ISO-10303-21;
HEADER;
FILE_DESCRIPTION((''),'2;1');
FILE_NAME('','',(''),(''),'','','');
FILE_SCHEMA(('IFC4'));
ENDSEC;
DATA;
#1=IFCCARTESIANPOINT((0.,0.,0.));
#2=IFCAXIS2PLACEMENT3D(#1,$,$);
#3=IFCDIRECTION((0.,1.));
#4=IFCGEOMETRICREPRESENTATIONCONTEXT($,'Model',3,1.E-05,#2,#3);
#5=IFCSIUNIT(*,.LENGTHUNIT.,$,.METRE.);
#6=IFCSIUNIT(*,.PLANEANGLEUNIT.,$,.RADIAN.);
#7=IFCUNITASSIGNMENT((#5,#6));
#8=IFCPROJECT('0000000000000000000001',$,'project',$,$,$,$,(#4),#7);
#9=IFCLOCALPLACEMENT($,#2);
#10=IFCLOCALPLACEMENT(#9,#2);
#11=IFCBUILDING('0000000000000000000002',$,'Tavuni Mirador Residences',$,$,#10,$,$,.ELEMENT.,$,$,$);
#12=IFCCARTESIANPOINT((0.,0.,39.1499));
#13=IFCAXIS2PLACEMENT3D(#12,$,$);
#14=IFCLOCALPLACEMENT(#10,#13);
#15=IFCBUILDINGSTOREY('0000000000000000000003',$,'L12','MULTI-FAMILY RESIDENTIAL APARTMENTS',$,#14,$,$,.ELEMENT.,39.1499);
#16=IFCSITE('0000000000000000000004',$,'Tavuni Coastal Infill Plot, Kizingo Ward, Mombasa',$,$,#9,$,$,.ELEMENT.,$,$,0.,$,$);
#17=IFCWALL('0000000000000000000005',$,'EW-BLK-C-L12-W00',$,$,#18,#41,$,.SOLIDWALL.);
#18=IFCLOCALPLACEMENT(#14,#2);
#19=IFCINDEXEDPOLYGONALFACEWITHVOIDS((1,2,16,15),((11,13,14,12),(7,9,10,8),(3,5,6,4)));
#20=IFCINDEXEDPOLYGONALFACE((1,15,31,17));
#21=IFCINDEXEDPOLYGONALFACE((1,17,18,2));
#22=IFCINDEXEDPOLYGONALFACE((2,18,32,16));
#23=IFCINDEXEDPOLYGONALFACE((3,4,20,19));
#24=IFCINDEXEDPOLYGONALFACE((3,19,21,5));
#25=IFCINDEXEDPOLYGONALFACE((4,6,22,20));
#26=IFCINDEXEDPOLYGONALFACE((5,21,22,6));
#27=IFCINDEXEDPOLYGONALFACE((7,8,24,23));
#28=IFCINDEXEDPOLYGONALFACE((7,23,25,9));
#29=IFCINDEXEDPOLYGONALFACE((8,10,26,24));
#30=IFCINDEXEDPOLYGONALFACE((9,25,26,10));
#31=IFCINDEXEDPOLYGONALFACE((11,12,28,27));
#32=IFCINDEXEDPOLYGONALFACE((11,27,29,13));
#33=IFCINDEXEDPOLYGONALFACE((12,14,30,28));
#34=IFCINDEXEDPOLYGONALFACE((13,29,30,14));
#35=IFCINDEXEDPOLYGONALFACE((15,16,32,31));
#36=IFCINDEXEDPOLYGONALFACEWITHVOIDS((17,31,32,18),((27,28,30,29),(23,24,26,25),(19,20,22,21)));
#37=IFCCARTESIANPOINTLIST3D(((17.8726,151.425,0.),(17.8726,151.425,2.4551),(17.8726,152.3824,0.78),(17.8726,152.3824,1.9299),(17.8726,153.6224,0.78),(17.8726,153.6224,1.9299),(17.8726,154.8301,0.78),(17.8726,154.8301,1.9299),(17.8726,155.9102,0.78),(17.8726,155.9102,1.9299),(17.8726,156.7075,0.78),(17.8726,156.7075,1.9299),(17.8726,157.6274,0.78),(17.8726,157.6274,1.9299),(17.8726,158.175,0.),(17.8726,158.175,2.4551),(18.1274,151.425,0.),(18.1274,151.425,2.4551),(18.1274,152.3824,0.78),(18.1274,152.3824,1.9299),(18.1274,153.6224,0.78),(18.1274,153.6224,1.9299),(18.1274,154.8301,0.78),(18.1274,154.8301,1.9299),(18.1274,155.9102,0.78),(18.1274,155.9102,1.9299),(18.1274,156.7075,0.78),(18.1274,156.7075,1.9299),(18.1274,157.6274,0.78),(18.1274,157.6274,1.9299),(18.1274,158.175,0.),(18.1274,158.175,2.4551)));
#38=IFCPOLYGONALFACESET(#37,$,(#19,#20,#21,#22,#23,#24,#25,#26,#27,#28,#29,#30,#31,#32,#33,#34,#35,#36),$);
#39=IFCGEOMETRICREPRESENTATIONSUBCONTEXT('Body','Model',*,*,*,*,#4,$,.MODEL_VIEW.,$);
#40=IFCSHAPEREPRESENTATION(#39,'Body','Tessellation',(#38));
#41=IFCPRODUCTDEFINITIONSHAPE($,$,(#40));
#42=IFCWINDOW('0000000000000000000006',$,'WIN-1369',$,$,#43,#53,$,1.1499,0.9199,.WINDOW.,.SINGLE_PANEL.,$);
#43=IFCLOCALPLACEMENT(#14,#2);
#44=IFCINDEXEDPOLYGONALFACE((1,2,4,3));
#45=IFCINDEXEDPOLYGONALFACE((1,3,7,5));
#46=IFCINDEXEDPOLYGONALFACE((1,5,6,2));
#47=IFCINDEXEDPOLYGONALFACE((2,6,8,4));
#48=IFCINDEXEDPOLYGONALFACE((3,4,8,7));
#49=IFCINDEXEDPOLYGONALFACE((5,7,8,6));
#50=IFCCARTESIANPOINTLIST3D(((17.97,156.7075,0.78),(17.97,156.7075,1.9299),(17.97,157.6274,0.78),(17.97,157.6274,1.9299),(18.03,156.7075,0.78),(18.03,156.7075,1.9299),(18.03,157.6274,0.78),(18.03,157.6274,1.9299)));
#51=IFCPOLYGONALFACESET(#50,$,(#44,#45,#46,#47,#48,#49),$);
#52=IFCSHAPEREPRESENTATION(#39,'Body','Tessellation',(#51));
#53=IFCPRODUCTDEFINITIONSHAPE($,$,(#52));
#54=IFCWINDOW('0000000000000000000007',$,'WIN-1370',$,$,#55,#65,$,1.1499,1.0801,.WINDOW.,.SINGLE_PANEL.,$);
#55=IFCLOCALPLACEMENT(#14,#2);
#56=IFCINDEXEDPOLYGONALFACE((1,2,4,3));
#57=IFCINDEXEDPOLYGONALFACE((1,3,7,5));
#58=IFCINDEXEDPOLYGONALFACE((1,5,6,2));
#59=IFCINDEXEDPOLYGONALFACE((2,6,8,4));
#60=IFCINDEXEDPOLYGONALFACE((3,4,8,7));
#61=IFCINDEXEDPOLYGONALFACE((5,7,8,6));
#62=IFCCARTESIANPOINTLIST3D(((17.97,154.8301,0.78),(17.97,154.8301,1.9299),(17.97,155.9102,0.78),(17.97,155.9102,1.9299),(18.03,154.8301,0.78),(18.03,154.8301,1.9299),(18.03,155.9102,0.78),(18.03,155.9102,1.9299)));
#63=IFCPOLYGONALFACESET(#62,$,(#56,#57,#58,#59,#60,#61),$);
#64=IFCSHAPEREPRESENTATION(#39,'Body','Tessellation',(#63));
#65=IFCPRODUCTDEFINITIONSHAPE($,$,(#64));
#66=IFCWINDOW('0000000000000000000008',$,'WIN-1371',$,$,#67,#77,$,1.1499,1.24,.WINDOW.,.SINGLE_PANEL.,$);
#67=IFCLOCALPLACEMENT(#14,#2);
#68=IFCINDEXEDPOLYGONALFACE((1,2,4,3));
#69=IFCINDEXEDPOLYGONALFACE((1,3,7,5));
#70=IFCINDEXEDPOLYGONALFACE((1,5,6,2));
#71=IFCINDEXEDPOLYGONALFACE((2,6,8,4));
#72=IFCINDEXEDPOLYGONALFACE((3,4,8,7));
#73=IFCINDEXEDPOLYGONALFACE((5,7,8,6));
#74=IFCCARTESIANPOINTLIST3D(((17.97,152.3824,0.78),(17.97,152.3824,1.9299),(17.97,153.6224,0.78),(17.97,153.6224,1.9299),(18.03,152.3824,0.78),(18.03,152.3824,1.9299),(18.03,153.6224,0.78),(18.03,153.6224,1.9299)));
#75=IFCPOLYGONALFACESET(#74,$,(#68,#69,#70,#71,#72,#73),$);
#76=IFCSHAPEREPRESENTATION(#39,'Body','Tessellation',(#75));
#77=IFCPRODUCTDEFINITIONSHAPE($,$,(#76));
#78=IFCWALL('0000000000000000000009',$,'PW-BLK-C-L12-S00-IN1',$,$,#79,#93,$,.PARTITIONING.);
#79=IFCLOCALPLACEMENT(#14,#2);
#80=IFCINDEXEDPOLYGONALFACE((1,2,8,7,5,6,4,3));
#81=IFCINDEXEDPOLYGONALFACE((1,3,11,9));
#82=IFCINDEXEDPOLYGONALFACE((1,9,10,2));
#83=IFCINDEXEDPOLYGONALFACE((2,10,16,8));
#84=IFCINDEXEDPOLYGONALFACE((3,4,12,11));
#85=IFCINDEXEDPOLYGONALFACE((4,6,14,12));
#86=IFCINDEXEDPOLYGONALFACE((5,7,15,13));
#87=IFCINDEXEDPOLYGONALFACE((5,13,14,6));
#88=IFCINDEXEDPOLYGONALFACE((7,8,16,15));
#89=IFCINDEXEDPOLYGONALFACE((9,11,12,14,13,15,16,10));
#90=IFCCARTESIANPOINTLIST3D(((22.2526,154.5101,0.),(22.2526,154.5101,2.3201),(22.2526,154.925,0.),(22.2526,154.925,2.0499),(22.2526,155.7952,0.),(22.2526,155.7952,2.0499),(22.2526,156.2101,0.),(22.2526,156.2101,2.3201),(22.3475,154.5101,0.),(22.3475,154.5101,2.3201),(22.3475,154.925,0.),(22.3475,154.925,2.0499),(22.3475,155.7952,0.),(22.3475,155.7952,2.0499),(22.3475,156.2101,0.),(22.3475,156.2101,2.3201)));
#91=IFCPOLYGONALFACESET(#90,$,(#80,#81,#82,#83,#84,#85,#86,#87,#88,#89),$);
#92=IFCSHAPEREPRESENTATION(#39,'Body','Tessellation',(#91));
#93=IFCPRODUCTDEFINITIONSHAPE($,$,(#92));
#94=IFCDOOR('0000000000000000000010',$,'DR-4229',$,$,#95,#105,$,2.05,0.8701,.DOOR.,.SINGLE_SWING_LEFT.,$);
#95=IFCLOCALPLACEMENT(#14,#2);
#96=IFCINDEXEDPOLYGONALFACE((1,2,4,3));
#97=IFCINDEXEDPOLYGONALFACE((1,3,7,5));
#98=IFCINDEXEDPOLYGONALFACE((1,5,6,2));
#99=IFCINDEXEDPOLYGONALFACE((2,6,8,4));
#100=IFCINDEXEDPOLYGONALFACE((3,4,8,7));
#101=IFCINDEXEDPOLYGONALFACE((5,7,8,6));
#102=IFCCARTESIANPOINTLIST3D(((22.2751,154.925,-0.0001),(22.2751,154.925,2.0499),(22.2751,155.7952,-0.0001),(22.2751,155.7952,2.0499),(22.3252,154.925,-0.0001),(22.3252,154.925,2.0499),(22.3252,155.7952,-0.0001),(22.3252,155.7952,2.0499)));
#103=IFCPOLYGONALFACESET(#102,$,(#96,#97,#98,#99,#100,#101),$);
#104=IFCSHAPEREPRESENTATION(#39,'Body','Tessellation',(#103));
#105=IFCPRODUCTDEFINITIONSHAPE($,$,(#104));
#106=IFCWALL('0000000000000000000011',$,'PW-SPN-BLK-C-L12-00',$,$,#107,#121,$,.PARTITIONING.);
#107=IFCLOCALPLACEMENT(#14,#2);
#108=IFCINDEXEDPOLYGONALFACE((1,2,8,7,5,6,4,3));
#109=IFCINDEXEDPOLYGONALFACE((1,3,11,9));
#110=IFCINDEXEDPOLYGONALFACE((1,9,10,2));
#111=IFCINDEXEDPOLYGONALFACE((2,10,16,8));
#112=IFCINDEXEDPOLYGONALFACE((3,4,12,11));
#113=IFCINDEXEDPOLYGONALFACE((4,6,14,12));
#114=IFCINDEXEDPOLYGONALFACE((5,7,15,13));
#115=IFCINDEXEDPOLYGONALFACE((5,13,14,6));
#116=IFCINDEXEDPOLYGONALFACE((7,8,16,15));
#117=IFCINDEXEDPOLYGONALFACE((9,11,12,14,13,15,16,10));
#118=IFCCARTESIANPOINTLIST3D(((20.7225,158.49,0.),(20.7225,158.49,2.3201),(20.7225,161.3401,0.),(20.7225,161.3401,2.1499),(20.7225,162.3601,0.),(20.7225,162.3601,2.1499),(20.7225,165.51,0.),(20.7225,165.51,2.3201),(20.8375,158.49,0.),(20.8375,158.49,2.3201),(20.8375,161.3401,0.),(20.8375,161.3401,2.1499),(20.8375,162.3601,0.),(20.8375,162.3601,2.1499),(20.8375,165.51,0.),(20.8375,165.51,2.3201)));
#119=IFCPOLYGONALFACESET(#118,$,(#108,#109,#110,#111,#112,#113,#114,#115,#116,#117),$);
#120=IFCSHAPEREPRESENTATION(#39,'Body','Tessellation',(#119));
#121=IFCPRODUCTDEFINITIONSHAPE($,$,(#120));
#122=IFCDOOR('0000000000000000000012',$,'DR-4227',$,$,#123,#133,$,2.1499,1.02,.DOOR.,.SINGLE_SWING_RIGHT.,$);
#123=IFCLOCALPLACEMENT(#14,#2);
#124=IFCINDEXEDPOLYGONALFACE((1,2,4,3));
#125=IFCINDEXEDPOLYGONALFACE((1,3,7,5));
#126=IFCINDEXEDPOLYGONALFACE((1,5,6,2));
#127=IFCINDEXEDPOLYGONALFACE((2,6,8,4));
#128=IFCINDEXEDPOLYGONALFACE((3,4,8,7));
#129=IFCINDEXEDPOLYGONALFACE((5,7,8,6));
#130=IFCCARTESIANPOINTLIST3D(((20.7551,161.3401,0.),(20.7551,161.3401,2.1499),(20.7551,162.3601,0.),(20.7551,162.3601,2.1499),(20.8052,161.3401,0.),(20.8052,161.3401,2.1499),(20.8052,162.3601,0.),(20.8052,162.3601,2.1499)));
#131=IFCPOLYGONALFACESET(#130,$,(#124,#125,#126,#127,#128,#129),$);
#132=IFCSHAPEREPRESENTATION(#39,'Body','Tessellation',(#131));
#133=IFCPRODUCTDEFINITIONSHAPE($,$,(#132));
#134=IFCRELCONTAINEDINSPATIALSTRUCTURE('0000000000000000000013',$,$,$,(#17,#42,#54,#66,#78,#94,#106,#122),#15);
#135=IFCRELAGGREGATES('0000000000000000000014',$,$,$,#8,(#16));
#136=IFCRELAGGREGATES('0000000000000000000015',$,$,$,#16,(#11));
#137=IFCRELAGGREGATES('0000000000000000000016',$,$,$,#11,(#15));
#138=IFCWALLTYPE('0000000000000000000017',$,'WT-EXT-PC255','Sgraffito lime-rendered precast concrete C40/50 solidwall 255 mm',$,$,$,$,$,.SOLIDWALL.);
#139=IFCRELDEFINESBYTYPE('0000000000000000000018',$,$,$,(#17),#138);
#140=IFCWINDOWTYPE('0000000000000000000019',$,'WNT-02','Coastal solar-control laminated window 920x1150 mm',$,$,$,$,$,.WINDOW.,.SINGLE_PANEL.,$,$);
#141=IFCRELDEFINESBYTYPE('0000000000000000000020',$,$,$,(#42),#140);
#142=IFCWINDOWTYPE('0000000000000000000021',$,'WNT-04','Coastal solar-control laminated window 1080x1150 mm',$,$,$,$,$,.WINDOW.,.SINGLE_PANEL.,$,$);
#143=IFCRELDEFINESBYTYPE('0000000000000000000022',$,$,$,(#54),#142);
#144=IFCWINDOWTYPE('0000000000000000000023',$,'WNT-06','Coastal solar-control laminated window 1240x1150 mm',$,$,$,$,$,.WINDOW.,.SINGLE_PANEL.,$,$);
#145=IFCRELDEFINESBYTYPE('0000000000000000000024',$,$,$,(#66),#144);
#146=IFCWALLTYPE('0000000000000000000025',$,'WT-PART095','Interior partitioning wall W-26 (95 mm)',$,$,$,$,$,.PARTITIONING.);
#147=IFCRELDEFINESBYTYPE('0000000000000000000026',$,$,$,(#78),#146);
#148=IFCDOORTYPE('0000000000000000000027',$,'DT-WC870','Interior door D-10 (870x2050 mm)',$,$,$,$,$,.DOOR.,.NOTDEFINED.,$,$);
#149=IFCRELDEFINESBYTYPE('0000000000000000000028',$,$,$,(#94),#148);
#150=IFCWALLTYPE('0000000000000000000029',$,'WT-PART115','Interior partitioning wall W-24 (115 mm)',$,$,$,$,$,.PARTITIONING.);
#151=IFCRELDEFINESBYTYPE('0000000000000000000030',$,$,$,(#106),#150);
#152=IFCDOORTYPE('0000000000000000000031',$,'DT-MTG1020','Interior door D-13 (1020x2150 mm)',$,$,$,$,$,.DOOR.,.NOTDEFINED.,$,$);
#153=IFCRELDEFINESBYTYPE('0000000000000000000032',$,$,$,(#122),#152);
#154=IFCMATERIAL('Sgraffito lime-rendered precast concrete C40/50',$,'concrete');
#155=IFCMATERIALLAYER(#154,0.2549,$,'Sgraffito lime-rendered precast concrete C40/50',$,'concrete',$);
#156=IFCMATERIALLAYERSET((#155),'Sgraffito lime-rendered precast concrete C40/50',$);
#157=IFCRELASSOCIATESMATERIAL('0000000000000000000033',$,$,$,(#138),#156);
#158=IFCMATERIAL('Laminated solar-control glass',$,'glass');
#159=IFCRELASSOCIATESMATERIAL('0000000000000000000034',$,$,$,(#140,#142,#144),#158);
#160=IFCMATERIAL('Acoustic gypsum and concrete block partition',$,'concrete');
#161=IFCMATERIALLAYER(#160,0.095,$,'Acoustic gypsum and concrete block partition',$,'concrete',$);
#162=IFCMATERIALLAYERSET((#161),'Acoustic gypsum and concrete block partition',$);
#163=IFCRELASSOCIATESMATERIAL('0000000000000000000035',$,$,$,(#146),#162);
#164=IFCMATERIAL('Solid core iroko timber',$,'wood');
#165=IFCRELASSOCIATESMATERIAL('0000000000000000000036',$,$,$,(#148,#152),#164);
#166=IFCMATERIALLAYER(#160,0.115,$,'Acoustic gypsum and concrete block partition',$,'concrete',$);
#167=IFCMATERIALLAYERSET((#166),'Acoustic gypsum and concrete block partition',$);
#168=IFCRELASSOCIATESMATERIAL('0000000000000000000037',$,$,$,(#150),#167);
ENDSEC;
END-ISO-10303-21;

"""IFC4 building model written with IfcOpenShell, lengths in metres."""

from ifc_helpers import new_model, si_unit, direction, frame, frame_2d, origin, place, context, subcontext, project, spatial, rectangle, extrude, material, layer, layer_set, type_object, element, fill, save


model = new_model("IFC4")

# Units and contexts
model_context = context("Model", 3, precision=1e-05, world=origin(), true_north=direction((0.0, 1.0)))
body_context = subcontext(model_context, "Body", "Model", "MODEL_VIEW")
ifc_project = project(units=[si_unit("LENGTHUNIT", "METRE"), si_unit("PLANEANGLEUNIT", "RADIAN")], contexts=[model_context])

# Site, building, storey
site_placement = place(None, origin())
site = spatial("IfcSite", under=ifc_project, at=site_placement, Name="Tavuni Coastal Infill Plot, Kizingo Ward, Mombasa", CompositionType="ELEMENT", RefElevation=0.0)
building_placement = place(site_placement, origin())
building = spatial("IfcBuilding", under=site, at=building_placement, Name="Tavuni Mirador Residences", CompositionType="ELEMENT")
storey_placement = place(building_placement, frame((0.0, 0.0, 39.1499)))
storey = spatial("IfcBuildingStorey", under=building, at=storey_placement, Name="L12", Description="MULTI-FAMILY RESIDENTIAL APARTMENTS", CompositionType="ELEMENT", Elevation=39.1499)

# Shared definitions
ifc_material_1 = material(Name="Solid core iroko timber", Category="wood")

# Wall, openings, windows
ifc_material_2 = material(Name="Sgraffito lime-rendered precast concrete C40/50", Category="concrete")
ifc_layer_1 = layer(ifc_material_2, 0.2549, Name="Sgraffito lime-rendered precast concrete C40/50", Category="concrete")
ifc_layer_set_1 = layer_set([ifc_layer_1], Name="Sgraffito lime-rendered precast concrete C40/50")
wall_type_1 = type_object("IfcWallType", Name="WT-EXT-PC255", Description="Sgraffito lime-rendered precast concrete C40/50 solidwall 255 mm", PredefinedType="SOLIDWALL", material=ifc_layer_set_1)
wall_1_placement = place(storey_placement, frame((18.0, 158.175, 0.0), z_axis=(0.0, 0.0, 1.0), x_axis=(0.0, -1.0, 0.0)))
wall_1 = element("IfcWall", 1, at=wall_1_placement, inside=storey, type_object=wall_type_1, Name="EW-BLK-C-L12-W00", PredefinedType="SOLIDWALL", context=body_context, shape_type="SweptSolid", body=[
    extrude(rectangle(XDim=6.75, YDim=0.2549, at=frame_2d((3.375, 0.0))), origin(), (0.0, 0.0, 1.0), 2.4551),
])
opening_1_placement = place(wall_1_placement, frame((0.5476, 0.0, 0.78)))
opening_1 = element("IfcOpeningElement", 2, at=opening_1_placement, cuts=wall_1, PredefinedType="OPENING", context=body_context, shape_type="SweptSolid", body=[
    extrude(rectangle(XDim=0.9199, YDim=1.1499, at=frame_2d((0.46, 0.575))), frame((0.0, 0.1375, 0.0), z_axis=(0.0, -1.0, 0.0), x_axis=(1.0, 0.0, 0.0)), (0.0, 0.0, 1.0), 0.2749),
])
opening_2_placement = place(wall_1_placement, frame((2.2649, 0.0, 0.78)))
opening_2 = element("IfcOpeningElement", 3, at=opening_2_placement, cuts=wall_1, PredefinedType="OPENING", context=body_context, shape_type="SweptSolid", body=[
    extrude(rectangle(XDim=1.0801, YDim=1.1499, at=frame_2d((0.54, 0.575))), frame((0.0, 0.1375, 0.0), z_axis=(0.0, -1.0, 0.0), x_axis=(1.0, 0.0, 0.0)), (0.0, 0.0, 1.0), 0.2749),
])
opening_3_placement = place(wall_1_placement, frame((4.5525, 0.0, 0.78)))
opening_3 = element("IfcOpeningElement", 4, at=opening_3_placement, cuts=wall_1, PredefinedType="OPENING", context=body_context, shape_type="SweptSolid", body=[
    extrude(rectangle(XDim=1.24, YDim=1.1499, at=frame_2d((0.6201, 0.575))), frame((0.0, 0.1375, 0.0), z_axis=(0.0, -1.0, 0.0), x_axis=(1.0, 0.0, 0.0)), (0.0, 0.0, 1.0), 0.2749),
])
ifc_material_3 = material(Name="Laminated solar-control glass", Category="glass")
window_type_1 = type_object("IfcWindowType", Name="WNT-02", Description="Coastal solar-control laminated window 920x1150 mm", PartitioningType="SINGLE_PANEL", PredefinedType="WINDOW", material=ifc_material_3)
window_1_placement = place(opening_1_placement, origin())
window_1 = element("IfcWindow", 5, at=window_1_placement, inside=storey, type_object=window_type_1, Name="WIN-1369", OverallHeight=1.1499, OverallWidth=0.9199, PartitioningType="SINGLE_PANEL", PredefinedType="WINDOW", context=body_context, shape_type="SweptSolid", body=[
    extrude(rectangle(XDim=0.9199, YDim=1.1499, at=frame_2d((0.46, 0.575))), frame((0.0, 0.03, 0.0), z_axis=(0.0, -1.0, 0.0), x_axis=(1.0, 0.0, 0.0)), (0.0, 0.0, 1.0), 0.0601),
])
fill(opening_1, window_1)
window_type_2 = type_object("IfcWindowType", Name="WNT-04", Description="Coastal solar-control laminated window 1080x1150 mm", PartitioningType="SINGLE_PANEL", PredefinedType="WINDOW", material=ifc_material_3)
window_2_placement = place(opening_2_placement, origin())
window_2 = element("IfcWindow", 6, at=window_2_placement, inside=storey, type_object=window_type_2, Name="WIN-1370", OverallHeight=1.1499, OverallWidth=1.0801, PartitioningType="SINGLE_PANEL", PredefinedType="WINDOW", context=body_context, shape_type="SweptSolid", body=[
    extrude(rectangle(XDim=1.0801, YDim=1.1499, at=frame_2d((0.54, 0.575))), frame((0.0, 0.03, 0.0), z_axis=(0.0, -1.0, 0.0), x_axis=(1.0, 0.0, 0.0)), (0.0, 0.0, 1.0), 0.0601),
])
fill(opening_2, window_2)
window_type_3 = type_object("IfcWindowType", Name="WNT-06", Description="Coastal solar-control laminated window 1240x1150 mm", PartitioningType="SINGLE_PANEL", PredefinedType="WINDOW", material=ifc_material_3)
window_3_placement = place(opening_3_placement, origin())
window_3 = element("IfcWindow", 7, at=window_3_placement, inside=storey, type_object=window_type_3, Name="WIN-1371", OverallHeight=1.1499, OverallWidth=1.24, PartitioningType="SINGLE_PANEL", PredefinedType="WINDOW", context=body_context, shape_type="SweptSolid", body=[
    extrude(rectangle(XDim=1.24, YDim=1.1499, at=frame_2d((0.6201, 0.575))), frame((0.0, 0.03, 0.0), z_axis=(0.0, -1.0, 0.0), x_axis=(1.0, 0.0, 0.0)), (0.0, 0.0, 1.0), 0.0601),
])
fill(opening_3, window_3)

# Walls, openings, doors
ifc_material_4 = material(Name="Acoustic gypsum and concrete block partition", Category="concrete")
ifc_layer_2 = layer(ifc_material_4, 0.095, Name="Acoustic gypsum and concrete block partition", Category="concrete")
ifc_layer_set_2 = layer_set([ifc_layer_2], Name="Acoustic gypsum and concrete block partition")
wall_type_2 = type_object("IfcWallType", Name="WT-PART095", Description="Interior partitioning wall W-26 (95 mm)", PredefinedType="PARTITIONING", material=ifc_layer_set_2)
wall_2_placement = place(storey_placement, frame((22.3, 154.51, 0.0), z_axis=(0.0, 0.0, 1.0), x_axis=(0.0, 1.0, 0.0)))
wall_2 = element("IfcWall", 8, at=wall_2_placement, inside=storey, type_object=wall_type_2, Name="PW-BLK-C-L12-S00-IN1", PredefinedType="PARTITIONING", context=body_context, shape_type="SweptSolid", body=[
    extrude(rectangle(XDim=1.7, YDim=0.095, at=frame_2d((0.8501, 0.0))), origin(), (0.0, 0.0, 1.0), 2.3201),
])
opening_4_placement = place(wall_2_placement, frame((0.415, 0.0, 0.0)))
opening_4 = element("IfcOpeningElement", 9, at=opening_4_placement, cuts=wall_2, PredefinedType="OPENING", context=body_context, shape_type="SweptSolid", body=[
    extrude(rectangle(XDim=0.8701, YDim=2.05, at=frame_2d((0.4351, 1.0249))), frame((0.0, 0.0576, 0.0), z_axis=(0.0, -1.0, 0.0), x_axis=(1.0, 0.0, 0.0)), (0.0, 0.0, 1.0), 0.115),
])
door_type_1 = type_object("IfcDoorType", Name="DT-WC870", Description="Interior door D-10 (870x2050 mm)", OperationType="NOTDEFINED", PredefinedType="DOOR", material=ifc_material_1)
door_1_placement = place(opening_4_placement, origin())
door_1 = element("IfcDoor", 10, at=door_1_placement, inside=storey, type_object=door_type_1, Name="DR-4229", OperationType="SINGLE_SWING_LEFT", OverallHeight=2.05, OverallWidth=0.8701, PredefinedType="DOOR", context=body_context, shape_type="SweptSolid", body=[
    extrude(rectangle(XDim=0.8701, YDim=2.05, at=frame_2d((0.4351, 1.0249))), frame((0.0, 0.0249, 0.0), z_axis=(0.0, -1.0, 0.0), x_axis=(1.0, 0.0, 0.0)), (0.0, 0.0, 1.0), 0.05),
])
fill(opening_4, door_1)
ifc_layer_3 = layer(ifc_material_4, 0.115, Name="Acoustic gypsum and concrete block partition", Category="concrete")
ifc_layer_set_3 = layer_set([ifc_layer_3], Name="Acoustic gypsum and concrete block partition")
wall_type_3 = type_object("IfcWallType", Name="WT-PART115", Description="Interior partitioning wall W-24 (115 mm)", PredefinedType="PARTITIONING", material=ifc_layer_set_3)
wall_3_placement = place(storey_placement, frame((20.78, 158.49, 0.0), z_axis=(0.0, 0.0, 1.0), x_axis=(0.0, 1.0, 0.0)))
wall_3 = element("IfcWall", 11, at=wall_3_placement, inside=storey, type_object=wall_type_3, Name="PW-SPN-BLK-C-L12-00", PredefinedType="PARTITIONING", context=body_context, shape_type="SweptSolid", body=[
    extrude(rectangle(XDim=7.02, YDim=0.115, at=frame_2d((3.51, 0.0))), origin(), (0.0, 0.0, 1.0), 2.3201),
])
opening_5_placement = place(wall_3_placement, frame((2.8501, 0.0, 0.0)))
opening_5 = element("IfcOpeningElement", 12, at=opening_5_placement, cuts=wall_3, PredefinedType="OPENING", context=body_context, shape_type="SweptSolid", body=[
    extrude(rectangle(XDim=1.02, YDim=2.1499, at=frame_2d((0.51, 1.075))), frame((0.0, 0.0674, 0.0), z_axis=(0.0, -1.0, 0.0), x_axis=(1.0, 0.0, 0.0)), (0.0, 0.0, 1.0), 0.135),
])
door_type_2 = type_object("IfcDoorType", Name="DT-MTG1020", Description="Interior door D-13 (1020x2150 mm)", OperationType="NOTDEFINED", PredefinedType="DOOR", material=ifc_material_1)
door_2_placement = place(opening_5_placement, origin())
door_2 = element("IfcDoor", 13, at=door_2_placement, inside=storey, type_object=door_type_2, Name="DR-4227", OperationType="SINGLE_SWING_RIGHT", OverallHeight=2.1499, OverallWidth=1.02, PredefinedType="DOOR", context=body_context, shape_type="SweptSolid", body=[
    extrude(rectangle(XDim=1.02, YDim=2.1499, at=frame_2d((0.51, 1.075))), frame((0.0, 0.0249, 0.0), z_axis=(0.0, -1.0, 0.0), x_axis=(1.0, 0.0, 0.0)), (0.0, 0.0, 1.0), 0.05),
])
fill(opening_5, door_2)

save(model, "model.ifc")
